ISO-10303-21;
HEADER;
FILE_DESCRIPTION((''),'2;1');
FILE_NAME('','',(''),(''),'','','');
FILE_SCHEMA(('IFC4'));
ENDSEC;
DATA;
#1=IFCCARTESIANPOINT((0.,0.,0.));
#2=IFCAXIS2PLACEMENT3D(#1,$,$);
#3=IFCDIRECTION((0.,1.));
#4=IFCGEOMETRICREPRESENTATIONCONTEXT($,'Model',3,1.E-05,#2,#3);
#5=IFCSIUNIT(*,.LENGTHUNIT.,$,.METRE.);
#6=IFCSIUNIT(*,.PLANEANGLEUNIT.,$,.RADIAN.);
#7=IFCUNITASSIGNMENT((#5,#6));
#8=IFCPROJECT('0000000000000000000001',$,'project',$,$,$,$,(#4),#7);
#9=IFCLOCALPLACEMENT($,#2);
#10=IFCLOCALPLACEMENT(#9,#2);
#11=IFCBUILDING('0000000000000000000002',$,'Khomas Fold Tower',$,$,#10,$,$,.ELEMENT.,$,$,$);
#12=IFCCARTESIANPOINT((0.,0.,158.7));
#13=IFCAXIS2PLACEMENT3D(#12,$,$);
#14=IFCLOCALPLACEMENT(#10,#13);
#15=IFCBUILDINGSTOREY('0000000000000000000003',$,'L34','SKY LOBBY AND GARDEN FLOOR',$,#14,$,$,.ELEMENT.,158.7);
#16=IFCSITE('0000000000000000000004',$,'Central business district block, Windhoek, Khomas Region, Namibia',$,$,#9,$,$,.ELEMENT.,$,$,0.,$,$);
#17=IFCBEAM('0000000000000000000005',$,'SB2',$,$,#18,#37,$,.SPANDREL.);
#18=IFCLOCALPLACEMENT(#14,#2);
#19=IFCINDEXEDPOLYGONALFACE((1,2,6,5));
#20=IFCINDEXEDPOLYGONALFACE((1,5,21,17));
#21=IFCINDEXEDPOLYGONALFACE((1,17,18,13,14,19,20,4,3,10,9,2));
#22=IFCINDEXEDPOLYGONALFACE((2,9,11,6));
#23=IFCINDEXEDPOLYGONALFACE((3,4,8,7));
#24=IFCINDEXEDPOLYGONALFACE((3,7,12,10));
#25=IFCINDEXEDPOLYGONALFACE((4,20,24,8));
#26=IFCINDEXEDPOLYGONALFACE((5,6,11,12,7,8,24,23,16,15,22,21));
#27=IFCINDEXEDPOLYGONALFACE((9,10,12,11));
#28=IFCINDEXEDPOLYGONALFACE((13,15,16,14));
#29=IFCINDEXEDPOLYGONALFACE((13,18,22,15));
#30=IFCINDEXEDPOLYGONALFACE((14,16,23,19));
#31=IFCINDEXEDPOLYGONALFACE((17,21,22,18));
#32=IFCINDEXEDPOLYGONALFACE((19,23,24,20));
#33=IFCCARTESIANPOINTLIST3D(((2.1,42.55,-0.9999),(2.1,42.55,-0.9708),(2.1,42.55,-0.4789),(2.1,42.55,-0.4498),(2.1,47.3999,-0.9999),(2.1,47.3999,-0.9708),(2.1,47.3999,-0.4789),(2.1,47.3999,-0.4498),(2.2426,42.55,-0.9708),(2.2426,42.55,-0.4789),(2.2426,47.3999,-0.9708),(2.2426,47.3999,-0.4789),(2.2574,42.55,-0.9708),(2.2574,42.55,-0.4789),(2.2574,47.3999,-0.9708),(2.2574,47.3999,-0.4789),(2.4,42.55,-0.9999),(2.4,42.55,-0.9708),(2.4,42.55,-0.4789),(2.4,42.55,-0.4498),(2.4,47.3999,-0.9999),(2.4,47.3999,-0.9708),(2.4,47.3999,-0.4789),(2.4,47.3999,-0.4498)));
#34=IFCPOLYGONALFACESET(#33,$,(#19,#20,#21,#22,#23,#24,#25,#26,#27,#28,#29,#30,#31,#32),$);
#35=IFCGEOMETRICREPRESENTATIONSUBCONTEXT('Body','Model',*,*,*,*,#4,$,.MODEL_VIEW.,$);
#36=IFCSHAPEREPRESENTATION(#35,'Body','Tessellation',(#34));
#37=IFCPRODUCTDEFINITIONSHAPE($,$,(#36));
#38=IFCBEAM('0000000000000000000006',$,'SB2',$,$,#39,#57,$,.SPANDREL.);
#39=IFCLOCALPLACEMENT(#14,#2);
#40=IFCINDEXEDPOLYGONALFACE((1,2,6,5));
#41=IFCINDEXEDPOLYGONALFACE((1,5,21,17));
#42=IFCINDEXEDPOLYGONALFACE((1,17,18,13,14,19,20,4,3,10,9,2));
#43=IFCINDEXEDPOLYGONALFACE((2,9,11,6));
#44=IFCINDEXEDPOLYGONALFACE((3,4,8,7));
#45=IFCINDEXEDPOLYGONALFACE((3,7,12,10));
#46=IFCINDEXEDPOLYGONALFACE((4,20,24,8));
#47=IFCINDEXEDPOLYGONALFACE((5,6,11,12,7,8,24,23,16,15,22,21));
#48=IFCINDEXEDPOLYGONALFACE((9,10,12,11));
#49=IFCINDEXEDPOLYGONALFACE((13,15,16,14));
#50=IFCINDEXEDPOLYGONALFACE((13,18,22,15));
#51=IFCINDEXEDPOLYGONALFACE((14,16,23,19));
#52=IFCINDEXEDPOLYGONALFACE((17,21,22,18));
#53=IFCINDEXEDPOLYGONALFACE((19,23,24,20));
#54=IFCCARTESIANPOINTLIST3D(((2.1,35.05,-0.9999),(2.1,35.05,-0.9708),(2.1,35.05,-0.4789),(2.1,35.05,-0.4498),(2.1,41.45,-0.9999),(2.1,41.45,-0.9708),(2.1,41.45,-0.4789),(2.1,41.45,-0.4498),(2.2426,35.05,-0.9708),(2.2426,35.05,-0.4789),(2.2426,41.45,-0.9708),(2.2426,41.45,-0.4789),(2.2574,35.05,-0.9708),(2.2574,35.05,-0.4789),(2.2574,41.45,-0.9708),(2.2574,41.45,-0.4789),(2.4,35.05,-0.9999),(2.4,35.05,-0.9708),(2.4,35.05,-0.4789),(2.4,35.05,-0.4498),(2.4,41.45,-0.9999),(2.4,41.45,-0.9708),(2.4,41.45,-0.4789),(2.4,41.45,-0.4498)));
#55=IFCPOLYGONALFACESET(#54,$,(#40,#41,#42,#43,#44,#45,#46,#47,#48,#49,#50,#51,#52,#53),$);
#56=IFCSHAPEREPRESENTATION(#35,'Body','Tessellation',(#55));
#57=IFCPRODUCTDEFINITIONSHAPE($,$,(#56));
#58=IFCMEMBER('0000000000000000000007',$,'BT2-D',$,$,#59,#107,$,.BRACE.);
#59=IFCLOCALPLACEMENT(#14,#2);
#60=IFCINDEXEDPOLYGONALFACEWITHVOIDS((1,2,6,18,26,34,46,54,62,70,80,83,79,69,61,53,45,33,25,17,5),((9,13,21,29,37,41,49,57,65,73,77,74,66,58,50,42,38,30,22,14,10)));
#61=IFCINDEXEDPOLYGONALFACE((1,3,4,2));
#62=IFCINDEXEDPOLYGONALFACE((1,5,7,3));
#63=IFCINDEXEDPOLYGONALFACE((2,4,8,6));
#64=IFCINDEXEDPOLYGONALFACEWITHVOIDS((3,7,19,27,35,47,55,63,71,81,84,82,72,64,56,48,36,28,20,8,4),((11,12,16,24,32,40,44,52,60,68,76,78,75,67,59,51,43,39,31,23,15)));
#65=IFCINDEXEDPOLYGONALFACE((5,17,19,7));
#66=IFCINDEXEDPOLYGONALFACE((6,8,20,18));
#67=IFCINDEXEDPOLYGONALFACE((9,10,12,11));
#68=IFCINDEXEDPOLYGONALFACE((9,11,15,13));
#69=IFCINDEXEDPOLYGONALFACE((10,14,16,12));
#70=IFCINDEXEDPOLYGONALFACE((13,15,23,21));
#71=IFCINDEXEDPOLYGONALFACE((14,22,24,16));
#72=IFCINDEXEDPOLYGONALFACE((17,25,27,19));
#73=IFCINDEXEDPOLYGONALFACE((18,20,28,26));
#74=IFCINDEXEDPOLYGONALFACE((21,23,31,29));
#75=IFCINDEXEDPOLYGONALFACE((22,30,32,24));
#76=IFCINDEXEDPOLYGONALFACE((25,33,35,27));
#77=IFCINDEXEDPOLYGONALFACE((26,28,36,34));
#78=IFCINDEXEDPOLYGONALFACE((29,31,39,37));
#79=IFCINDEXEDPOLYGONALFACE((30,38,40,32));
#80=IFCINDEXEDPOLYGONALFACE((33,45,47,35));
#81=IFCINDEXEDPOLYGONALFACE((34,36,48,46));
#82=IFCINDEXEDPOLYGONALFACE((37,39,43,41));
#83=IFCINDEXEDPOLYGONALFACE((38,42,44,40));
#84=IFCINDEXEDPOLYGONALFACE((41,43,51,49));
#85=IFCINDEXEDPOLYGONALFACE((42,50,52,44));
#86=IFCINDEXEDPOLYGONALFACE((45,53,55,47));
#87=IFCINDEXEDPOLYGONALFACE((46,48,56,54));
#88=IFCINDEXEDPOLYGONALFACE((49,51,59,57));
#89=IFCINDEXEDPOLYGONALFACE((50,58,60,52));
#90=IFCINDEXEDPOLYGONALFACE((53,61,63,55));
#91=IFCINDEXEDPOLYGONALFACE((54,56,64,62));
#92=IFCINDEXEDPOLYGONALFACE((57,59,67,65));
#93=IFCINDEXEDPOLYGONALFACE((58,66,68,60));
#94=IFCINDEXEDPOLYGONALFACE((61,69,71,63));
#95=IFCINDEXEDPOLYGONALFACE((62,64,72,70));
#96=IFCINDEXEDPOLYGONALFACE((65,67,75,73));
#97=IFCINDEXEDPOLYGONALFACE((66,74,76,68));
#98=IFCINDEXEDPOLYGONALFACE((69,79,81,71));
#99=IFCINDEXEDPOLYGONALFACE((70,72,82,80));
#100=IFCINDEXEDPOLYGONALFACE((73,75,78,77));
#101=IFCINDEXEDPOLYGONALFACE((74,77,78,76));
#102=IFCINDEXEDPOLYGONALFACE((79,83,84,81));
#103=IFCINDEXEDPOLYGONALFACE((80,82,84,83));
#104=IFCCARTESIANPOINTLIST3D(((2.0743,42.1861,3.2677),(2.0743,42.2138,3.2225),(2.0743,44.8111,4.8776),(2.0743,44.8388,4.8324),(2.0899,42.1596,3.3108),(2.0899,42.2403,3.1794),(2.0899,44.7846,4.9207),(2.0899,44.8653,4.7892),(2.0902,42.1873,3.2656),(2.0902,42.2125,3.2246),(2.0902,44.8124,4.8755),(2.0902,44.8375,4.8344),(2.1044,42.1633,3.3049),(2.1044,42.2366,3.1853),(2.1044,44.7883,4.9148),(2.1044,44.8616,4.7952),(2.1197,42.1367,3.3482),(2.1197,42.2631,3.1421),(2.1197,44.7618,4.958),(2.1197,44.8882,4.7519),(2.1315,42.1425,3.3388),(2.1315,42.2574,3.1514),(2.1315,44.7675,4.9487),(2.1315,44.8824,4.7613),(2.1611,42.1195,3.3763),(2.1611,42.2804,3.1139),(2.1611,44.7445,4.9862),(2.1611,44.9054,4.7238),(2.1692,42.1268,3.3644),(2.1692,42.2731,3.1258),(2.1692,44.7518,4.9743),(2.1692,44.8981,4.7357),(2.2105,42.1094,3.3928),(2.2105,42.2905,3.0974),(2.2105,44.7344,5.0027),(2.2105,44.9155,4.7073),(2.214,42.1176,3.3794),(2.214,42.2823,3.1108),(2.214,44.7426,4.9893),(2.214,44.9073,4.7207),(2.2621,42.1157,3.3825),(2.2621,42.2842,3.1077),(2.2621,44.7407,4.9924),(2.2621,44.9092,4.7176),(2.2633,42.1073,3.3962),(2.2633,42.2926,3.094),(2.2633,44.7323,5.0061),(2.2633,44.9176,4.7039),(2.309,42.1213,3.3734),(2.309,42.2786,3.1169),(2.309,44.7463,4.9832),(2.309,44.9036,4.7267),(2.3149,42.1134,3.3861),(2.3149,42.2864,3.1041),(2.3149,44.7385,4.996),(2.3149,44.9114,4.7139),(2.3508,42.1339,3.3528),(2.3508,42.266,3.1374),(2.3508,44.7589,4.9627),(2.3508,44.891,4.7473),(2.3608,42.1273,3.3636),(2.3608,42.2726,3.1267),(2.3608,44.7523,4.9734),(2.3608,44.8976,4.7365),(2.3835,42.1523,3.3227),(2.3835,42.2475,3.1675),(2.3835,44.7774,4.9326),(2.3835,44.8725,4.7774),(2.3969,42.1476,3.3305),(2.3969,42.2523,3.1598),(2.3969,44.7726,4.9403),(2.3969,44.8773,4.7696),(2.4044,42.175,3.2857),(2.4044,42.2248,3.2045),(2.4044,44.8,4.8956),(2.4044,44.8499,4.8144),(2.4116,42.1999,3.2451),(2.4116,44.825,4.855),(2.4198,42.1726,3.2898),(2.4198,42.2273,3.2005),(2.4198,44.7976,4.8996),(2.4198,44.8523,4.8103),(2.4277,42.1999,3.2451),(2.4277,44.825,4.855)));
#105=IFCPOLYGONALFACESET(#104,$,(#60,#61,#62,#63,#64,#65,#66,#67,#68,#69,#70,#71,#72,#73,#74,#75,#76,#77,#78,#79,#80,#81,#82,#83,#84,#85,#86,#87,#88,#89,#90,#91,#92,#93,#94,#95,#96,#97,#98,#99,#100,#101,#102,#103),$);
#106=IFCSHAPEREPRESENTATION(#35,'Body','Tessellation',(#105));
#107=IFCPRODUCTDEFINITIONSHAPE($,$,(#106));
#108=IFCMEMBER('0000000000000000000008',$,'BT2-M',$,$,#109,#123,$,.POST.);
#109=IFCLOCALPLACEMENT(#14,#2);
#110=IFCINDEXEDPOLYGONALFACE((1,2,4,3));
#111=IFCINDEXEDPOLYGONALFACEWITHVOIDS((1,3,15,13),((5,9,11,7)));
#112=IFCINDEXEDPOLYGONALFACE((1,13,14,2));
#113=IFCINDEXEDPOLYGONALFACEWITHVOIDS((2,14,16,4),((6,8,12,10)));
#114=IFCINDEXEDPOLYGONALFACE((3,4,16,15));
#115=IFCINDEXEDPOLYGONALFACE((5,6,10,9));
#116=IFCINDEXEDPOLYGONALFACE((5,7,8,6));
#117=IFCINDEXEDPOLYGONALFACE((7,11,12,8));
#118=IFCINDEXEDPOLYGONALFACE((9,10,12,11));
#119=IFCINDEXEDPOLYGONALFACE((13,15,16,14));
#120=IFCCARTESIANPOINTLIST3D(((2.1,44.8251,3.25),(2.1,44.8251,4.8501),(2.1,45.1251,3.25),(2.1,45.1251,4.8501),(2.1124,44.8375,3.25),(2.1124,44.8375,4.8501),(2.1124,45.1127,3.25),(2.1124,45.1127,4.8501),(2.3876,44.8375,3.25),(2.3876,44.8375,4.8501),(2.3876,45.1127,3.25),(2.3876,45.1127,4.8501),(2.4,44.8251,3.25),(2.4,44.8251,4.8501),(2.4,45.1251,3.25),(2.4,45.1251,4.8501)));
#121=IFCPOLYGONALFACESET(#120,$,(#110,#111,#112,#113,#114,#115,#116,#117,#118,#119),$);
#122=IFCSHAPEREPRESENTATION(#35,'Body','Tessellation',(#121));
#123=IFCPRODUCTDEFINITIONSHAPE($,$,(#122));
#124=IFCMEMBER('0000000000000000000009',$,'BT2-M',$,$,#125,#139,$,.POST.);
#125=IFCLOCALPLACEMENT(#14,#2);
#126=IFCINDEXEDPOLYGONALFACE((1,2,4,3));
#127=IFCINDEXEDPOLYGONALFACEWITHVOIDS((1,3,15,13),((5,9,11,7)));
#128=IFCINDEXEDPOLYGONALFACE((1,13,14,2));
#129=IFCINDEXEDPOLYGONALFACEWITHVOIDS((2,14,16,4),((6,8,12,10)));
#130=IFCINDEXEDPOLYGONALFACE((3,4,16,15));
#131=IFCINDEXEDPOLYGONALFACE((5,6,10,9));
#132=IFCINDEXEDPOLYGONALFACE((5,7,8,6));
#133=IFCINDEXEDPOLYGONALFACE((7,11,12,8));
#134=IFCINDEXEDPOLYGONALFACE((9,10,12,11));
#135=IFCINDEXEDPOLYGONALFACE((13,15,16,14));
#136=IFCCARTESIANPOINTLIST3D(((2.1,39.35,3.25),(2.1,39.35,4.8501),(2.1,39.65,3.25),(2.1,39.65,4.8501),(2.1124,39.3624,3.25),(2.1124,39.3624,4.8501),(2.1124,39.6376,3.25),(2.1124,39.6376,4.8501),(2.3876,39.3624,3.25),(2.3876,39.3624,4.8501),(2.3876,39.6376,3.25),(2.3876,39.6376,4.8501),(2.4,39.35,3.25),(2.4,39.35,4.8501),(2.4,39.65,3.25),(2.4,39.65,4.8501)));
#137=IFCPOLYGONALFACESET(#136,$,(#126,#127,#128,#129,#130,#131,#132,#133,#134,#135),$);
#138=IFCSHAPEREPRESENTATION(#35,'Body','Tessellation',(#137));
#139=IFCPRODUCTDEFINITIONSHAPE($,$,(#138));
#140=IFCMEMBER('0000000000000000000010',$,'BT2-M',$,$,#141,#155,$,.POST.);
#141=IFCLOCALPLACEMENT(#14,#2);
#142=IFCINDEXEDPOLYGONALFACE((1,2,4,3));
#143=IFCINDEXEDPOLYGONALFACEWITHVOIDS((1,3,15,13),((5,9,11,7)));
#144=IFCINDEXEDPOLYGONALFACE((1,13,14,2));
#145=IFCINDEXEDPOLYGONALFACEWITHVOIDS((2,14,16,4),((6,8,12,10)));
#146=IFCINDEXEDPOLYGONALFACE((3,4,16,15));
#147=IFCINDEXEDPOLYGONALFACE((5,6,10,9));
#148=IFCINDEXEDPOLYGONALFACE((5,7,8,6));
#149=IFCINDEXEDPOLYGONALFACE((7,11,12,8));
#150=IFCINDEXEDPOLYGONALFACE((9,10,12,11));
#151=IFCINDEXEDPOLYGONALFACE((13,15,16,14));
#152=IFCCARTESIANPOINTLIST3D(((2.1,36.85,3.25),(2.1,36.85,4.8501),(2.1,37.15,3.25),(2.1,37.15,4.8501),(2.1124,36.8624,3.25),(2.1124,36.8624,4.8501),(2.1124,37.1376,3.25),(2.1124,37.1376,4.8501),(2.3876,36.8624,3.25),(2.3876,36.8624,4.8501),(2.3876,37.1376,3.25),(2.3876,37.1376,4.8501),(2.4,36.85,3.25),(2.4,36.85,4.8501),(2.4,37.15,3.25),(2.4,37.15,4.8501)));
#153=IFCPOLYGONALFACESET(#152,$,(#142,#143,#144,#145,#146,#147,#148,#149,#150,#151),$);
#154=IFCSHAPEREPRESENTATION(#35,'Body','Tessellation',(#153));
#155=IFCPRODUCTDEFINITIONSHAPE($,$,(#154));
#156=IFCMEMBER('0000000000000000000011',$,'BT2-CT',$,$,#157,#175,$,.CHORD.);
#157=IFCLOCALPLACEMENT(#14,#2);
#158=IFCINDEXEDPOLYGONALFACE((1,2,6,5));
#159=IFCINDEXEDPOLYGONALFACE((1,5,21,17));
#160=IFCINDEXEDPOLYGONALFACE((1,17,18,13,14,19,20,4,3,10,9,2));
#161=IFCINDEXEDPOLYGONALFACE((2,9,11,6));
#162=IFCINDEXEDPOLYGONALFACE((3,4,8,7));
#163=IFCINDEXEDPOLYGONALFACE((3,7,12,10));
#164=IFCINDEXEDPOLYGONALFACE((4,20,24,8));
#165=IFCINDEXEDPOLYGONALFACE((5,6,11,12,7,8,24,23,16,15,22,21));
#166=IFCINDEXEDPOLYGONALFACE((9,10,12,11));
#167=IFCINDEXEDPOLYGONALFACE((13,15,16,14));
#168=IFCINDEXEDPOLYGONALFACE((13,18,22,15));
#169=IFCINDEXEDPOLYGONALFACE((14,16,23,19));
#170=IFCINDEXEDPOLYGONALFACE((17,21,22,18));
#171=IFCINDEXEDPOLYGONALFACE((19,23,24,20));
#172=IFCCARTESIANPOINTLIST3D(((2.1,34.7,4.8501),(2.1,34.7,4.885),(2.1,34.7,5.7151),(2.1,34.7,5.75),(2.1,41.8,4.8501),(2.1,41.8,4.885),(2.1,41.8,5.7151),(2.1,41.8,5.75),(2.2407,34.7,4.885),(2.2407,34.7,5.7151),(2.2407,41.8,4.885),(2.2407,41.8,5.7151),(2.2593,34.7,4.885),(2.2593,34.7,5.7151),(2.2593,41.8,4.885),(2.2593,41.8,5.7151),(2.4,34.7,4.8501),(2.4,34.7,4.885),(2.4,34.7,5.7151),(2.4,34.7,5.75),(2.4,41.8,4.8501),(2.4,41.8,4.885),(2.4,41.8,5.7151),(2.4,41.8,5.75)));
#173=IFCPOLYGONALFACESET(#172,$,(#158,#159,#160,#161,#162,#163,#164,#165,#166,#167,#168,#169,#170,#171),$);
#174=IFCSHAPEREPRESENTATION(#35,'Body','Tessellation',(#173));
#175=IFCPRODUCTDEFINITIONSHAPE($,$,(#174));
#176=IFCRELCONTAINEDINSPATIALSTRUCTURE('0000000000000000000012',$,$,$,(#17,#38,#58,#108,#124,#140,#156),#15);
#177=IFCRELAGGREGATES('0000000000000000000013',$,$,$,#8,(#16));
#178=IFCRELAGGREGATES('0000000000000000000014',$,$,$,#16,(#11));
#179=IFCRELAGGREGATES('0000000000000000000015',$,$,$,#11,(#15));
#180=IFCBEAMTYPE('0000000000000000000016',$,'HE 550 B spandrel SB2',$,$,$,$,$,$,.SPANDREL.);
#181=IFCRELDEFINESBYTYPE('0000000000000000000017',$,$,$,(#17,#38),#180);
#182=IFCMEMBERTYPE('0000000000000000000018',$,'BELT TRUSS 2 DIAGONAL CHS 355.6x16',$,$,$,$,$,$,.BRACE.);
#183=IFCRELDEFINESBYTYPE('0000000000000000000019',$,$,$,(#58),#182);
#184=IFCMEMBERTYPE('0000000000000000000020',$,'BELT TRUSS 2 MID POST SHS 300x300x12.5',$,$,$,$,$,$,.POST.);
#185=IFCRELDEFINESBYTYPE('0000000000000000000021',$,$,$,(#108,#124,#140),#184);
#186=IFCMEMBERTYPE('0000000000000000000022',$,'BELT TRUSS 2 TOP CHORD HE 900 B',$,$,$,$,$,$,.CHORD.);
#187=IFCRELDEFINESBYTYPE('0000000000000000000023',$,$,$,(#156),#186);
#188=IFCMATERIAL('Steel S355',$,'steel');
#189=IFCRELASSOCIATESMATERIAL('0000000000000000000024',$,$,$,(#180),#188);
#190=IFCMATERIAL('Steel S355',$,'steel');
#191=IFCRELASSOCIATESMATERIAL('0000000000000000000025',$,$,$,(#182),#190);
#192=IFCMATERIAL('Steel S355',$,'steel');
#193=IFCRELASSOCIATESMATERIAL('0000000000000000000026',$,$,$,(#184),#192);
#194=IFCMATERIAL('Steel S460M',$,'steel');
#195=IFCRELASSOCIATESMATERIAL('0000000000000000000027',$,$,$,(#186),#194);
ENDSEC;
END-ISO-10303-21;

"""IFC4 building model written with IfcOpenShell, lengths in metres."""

from ifc_helpers import new_model, si_unit, direction, frame, origin, origin_2d, place, context, subcontext, project, spatial, hollow_rectangle, hollow_circle, i_section, extrude, source, transform, mapped, material, material_profile, profile_set, type_object, element, save


model = new_model("IFC4")

# Units and contexts
model_context = context("Model", 3, precision=1e-05, world=origin(), true_north=direction((0.0, 1.0)))
body_context = subcontext(model_context, "Body", "Model", "MODEL_VIEW")
ifc_project = project(units=[si_unit("LENGTHUNIT", "METRE"), si_unit("PLANEANGLEUNIT", "RADIAN")], contexts=[model_context])

# Site, building, storey
site_placement = place(None, origin())
site = spatial("IfcSite", under=ifc_project, at=site_placement, Name="Central business district block, Windhoek, Khomas Region, Namibia", CompositionType="ELEMENT", RefElevation=0.0)
building_placement = place(site_placement, origin())
building = spatial("IfcBuilding", under=site, at=building_placement, Name="Khomas Fold Tower", CompositionType="ELEMENT")
storey_placement = place(building_placement, frame((0.0, 0.0, 158.7)))
storey = spatial("IfcBuildingStorey", under=building, at=storey_placement, Name="L34", Description="SKY LOBBY AND GARDEN FLOOR", CompositionType="ELEMENT", Elevation=158.7)

# Beams
ifc_material_1 = material(Name="Steel S355", Category="steel")
ifc_material_profile_1 = material_profile(ifc_material_1, i_section(OverallWidth=0.3, OverallDepth=0.55, WebThickness=0.0149, FlangeThickness=0.0291, at=origin_2d()), Name="HE 550 B")
ifc_profile_set_1 = profile_set([ifc_material_profile_1], Name="Steel S355")
beam_type_1 = type_object("IfcBeamType", Name="HE 550 B spandrel SB2", PredefinedType="SPANDREL", material=ifc_profile_set_1)
shared_shape_1 = source(origin(), body_context, "Body", "SweptSolid", [
    extrude(i_section(OverallWidth=0.3, OverallDepth=0.55, WebThickness=0.0149, FlangeThickness=0.0291, at=origin_2d()), origin(), (0.0, 0.0, 1.0), 4.8499),
])
beam_1_placement = place(storey_placement, frame((2.25, 42.55, -0.7249), z_axis=(0.0, 1.0, 0.0), x_axis=(-1.0, 0.0, 0.0)))
element("IfcBeam", 1, at=beam_1_placement, inside=storey, type_object=beam_type_1, Name="SB2", PredefinedType="SPANDREL", context=body_context, shape_type="MappedRepresentation", body=[
    mapped(shared_shape_1, transform((0.0, 0.0, 0.0))),
])
shared_shape_2 = source(origin(), body_context, "Body", "SweptSolid", [
    extrude(i_section(OverallWidth=0.3, OverallDepth=0.55, WebThickness=0.0149, FlangeThickness=0.0291, at=origin_2d()), origin(), (0.0, 0.0, 1.0), 6.3999),
])
beam_2_placement = place(storey_placement, frame((2.25, 35.05, -0.7249), z_axis=(0.0, 1.0, 0.0), x_axis=(-1.0, 0.0, 0.0)))
element("IfcBeam", 2, at=beam_2_placement, inside=storey, type_object=beam_type_1, Name="SB2", PredefinedType="SPANDREL", context=body_context, shape_type="MappedRepresentation", body=[
    mapped(shared_shape_2, transform((0.0, 0.0, 0.0))),
])

# Members
ifc_material_2 = material(Name="Steel S355", Category="steel")
ifc_material_profile_2 = material_profile(ifc_material_2, hollow_circle(Radius=0.1777, WallThickness=0.0161, at=origin_2d()), Name="CHS 355.6x16")
ifc_profile_set_2 = profile_set([ifc_material_profile_2], Name="Steel S355")
member_type_1 = type_object("IfcMemberType", Name="BELT TRUSS 2 DIAGONAL CHS 355.6x16", PredefinedType="BRACE", material=ifc_profile_set_2)
shared_shape_3 = source(origin(), body_context, "Body", "SweptSolid", [
    extrude(hollow_circle(Radius=0.1777, WallThickness=0.0161, at=origin_2d()), origin(), (0.0, 0.0, 1.0), 3.0793),
])
member_1_placement = place(storey_placement, frame((2.25, 44.825, 4.855), z_axis=(0.0, -0.852458, -0.522796), x_axis=(1.0, 0.0, 0.0)))
element("IfcMember", 3, at=member_1_placement, inside=storey, type_object=member_type_1, Name="BT2-D", PredefinedType="BRACE", context=body_context, shape_type="MappedRepresentation", body=[
    mapped(shared_shape_3, transform((0.0, 0.0, 0.0))),
])
ifc_material_3 = material(Name="Steel S355", Category="steel")
ifc_material_profile_3 = material_profile(ifc_material_3, hollow_rectangle(XDim=0.3, YDim=0.3, WallThickness=0.0125, at=origin_2d()), Name="SHS 300x300x12.5")
ifc_profile_set_3 = profile_set([ifc_material_profile_3], Name="Steel S355")
member_type_2 = type_object("IfcMemberType", Name="BELT TRUSS 2 MID POST SHS 300x300x12.5", PredefinedType="POST", material=ifc_profile_set_3)
shared_shape_4 = source(origin(), body_context, "Body", "SweptSolid", [
    extrude(hollow_rectangle(XDim=0.3, YDim=0.3, WallThickness=0.0125, at=origin_2d()), origin(), (0.0, 0.0, 1.0), 1.6001),
])
for number, where, z_axis, x_axis, name in (
    (4, (2.25, 44.9751, 3.25), (0.0, 0.0, 1.0), (1.0, 0.0, 0.0), "BT2-M"),
    (5, (2.25, 39.5, 3.25), (0.0, 0.0, 1.0), (1.0, 0.0, 0.0), "BT2-M"),
    (6, (2.25, 37.0, 3.25), (0.0, 0.0, 1.0), (1.0, 0.0, 0.0), "BT2-M"),
):
    element("IfcMember", number, at=place(storey_placement, frame(where, z_axis=z_axis, x_axis=x_axis)), inside=storey, type_object=member_type_2, Name=name, PredefinedType="POST", context=body_context, shape_type="MappedRepresentation", body=[
        mapped(shared_shape_4, transform((0.0, 0.0, 0.0))),
    ])
ifc_material_4 = material(Name="Steel S460M", Category="steel")
ifc_material_profile_4 = material_profile(ifc_material_4, i_section(OverallWidth=0.3, OverallDepth=0.8999, WebThickness=0.0186, FlangeThickness=0.0349, at=origin_2d()), Name="HE 900 B")
ifc_profile_set_4 = profile_set([ifc_material_profile_4], Name="Steel S460M")
member_type_3 = type_object("IfcMemberType", Name="BELT TRUSS 2 TOP CHORD HE 900 B", PredefinedType="CHORD", material=ifc_profile_set_4)
shared_shape_5 = source(origin(), body_context, "Body", "SweptSolid", [
    extrude(i_section(OverallWidth=0.3, OverallDepth=0.8999, WebThickness=0.0186, FlangeThickness=0.0349, at=origin_2d()), origin(), (0.0, 0.0, 1.0), 7.1001),
])
for number, where, z_axis, x_axis, name in (
    (7, (2.25, 41.8, 5.3), (0.0, -1.0, 0.0), (1.0, 0.0, 0.0), "BT2-CT"),
):
    element("IfcMember", number, at=place(storey_placement, frame(where, z_axis=z_axis, x_axis=x_axis)), inside=storey, type_object=member_type_3, Name=name, PredefinedType="CHORD", context=body_context, shape_type="MappedRepresentation", body=[
        mapped(shared_shape_5, transform((0.0, 0.0, 0.0))),
    ])

save(model, "model.ifc")
